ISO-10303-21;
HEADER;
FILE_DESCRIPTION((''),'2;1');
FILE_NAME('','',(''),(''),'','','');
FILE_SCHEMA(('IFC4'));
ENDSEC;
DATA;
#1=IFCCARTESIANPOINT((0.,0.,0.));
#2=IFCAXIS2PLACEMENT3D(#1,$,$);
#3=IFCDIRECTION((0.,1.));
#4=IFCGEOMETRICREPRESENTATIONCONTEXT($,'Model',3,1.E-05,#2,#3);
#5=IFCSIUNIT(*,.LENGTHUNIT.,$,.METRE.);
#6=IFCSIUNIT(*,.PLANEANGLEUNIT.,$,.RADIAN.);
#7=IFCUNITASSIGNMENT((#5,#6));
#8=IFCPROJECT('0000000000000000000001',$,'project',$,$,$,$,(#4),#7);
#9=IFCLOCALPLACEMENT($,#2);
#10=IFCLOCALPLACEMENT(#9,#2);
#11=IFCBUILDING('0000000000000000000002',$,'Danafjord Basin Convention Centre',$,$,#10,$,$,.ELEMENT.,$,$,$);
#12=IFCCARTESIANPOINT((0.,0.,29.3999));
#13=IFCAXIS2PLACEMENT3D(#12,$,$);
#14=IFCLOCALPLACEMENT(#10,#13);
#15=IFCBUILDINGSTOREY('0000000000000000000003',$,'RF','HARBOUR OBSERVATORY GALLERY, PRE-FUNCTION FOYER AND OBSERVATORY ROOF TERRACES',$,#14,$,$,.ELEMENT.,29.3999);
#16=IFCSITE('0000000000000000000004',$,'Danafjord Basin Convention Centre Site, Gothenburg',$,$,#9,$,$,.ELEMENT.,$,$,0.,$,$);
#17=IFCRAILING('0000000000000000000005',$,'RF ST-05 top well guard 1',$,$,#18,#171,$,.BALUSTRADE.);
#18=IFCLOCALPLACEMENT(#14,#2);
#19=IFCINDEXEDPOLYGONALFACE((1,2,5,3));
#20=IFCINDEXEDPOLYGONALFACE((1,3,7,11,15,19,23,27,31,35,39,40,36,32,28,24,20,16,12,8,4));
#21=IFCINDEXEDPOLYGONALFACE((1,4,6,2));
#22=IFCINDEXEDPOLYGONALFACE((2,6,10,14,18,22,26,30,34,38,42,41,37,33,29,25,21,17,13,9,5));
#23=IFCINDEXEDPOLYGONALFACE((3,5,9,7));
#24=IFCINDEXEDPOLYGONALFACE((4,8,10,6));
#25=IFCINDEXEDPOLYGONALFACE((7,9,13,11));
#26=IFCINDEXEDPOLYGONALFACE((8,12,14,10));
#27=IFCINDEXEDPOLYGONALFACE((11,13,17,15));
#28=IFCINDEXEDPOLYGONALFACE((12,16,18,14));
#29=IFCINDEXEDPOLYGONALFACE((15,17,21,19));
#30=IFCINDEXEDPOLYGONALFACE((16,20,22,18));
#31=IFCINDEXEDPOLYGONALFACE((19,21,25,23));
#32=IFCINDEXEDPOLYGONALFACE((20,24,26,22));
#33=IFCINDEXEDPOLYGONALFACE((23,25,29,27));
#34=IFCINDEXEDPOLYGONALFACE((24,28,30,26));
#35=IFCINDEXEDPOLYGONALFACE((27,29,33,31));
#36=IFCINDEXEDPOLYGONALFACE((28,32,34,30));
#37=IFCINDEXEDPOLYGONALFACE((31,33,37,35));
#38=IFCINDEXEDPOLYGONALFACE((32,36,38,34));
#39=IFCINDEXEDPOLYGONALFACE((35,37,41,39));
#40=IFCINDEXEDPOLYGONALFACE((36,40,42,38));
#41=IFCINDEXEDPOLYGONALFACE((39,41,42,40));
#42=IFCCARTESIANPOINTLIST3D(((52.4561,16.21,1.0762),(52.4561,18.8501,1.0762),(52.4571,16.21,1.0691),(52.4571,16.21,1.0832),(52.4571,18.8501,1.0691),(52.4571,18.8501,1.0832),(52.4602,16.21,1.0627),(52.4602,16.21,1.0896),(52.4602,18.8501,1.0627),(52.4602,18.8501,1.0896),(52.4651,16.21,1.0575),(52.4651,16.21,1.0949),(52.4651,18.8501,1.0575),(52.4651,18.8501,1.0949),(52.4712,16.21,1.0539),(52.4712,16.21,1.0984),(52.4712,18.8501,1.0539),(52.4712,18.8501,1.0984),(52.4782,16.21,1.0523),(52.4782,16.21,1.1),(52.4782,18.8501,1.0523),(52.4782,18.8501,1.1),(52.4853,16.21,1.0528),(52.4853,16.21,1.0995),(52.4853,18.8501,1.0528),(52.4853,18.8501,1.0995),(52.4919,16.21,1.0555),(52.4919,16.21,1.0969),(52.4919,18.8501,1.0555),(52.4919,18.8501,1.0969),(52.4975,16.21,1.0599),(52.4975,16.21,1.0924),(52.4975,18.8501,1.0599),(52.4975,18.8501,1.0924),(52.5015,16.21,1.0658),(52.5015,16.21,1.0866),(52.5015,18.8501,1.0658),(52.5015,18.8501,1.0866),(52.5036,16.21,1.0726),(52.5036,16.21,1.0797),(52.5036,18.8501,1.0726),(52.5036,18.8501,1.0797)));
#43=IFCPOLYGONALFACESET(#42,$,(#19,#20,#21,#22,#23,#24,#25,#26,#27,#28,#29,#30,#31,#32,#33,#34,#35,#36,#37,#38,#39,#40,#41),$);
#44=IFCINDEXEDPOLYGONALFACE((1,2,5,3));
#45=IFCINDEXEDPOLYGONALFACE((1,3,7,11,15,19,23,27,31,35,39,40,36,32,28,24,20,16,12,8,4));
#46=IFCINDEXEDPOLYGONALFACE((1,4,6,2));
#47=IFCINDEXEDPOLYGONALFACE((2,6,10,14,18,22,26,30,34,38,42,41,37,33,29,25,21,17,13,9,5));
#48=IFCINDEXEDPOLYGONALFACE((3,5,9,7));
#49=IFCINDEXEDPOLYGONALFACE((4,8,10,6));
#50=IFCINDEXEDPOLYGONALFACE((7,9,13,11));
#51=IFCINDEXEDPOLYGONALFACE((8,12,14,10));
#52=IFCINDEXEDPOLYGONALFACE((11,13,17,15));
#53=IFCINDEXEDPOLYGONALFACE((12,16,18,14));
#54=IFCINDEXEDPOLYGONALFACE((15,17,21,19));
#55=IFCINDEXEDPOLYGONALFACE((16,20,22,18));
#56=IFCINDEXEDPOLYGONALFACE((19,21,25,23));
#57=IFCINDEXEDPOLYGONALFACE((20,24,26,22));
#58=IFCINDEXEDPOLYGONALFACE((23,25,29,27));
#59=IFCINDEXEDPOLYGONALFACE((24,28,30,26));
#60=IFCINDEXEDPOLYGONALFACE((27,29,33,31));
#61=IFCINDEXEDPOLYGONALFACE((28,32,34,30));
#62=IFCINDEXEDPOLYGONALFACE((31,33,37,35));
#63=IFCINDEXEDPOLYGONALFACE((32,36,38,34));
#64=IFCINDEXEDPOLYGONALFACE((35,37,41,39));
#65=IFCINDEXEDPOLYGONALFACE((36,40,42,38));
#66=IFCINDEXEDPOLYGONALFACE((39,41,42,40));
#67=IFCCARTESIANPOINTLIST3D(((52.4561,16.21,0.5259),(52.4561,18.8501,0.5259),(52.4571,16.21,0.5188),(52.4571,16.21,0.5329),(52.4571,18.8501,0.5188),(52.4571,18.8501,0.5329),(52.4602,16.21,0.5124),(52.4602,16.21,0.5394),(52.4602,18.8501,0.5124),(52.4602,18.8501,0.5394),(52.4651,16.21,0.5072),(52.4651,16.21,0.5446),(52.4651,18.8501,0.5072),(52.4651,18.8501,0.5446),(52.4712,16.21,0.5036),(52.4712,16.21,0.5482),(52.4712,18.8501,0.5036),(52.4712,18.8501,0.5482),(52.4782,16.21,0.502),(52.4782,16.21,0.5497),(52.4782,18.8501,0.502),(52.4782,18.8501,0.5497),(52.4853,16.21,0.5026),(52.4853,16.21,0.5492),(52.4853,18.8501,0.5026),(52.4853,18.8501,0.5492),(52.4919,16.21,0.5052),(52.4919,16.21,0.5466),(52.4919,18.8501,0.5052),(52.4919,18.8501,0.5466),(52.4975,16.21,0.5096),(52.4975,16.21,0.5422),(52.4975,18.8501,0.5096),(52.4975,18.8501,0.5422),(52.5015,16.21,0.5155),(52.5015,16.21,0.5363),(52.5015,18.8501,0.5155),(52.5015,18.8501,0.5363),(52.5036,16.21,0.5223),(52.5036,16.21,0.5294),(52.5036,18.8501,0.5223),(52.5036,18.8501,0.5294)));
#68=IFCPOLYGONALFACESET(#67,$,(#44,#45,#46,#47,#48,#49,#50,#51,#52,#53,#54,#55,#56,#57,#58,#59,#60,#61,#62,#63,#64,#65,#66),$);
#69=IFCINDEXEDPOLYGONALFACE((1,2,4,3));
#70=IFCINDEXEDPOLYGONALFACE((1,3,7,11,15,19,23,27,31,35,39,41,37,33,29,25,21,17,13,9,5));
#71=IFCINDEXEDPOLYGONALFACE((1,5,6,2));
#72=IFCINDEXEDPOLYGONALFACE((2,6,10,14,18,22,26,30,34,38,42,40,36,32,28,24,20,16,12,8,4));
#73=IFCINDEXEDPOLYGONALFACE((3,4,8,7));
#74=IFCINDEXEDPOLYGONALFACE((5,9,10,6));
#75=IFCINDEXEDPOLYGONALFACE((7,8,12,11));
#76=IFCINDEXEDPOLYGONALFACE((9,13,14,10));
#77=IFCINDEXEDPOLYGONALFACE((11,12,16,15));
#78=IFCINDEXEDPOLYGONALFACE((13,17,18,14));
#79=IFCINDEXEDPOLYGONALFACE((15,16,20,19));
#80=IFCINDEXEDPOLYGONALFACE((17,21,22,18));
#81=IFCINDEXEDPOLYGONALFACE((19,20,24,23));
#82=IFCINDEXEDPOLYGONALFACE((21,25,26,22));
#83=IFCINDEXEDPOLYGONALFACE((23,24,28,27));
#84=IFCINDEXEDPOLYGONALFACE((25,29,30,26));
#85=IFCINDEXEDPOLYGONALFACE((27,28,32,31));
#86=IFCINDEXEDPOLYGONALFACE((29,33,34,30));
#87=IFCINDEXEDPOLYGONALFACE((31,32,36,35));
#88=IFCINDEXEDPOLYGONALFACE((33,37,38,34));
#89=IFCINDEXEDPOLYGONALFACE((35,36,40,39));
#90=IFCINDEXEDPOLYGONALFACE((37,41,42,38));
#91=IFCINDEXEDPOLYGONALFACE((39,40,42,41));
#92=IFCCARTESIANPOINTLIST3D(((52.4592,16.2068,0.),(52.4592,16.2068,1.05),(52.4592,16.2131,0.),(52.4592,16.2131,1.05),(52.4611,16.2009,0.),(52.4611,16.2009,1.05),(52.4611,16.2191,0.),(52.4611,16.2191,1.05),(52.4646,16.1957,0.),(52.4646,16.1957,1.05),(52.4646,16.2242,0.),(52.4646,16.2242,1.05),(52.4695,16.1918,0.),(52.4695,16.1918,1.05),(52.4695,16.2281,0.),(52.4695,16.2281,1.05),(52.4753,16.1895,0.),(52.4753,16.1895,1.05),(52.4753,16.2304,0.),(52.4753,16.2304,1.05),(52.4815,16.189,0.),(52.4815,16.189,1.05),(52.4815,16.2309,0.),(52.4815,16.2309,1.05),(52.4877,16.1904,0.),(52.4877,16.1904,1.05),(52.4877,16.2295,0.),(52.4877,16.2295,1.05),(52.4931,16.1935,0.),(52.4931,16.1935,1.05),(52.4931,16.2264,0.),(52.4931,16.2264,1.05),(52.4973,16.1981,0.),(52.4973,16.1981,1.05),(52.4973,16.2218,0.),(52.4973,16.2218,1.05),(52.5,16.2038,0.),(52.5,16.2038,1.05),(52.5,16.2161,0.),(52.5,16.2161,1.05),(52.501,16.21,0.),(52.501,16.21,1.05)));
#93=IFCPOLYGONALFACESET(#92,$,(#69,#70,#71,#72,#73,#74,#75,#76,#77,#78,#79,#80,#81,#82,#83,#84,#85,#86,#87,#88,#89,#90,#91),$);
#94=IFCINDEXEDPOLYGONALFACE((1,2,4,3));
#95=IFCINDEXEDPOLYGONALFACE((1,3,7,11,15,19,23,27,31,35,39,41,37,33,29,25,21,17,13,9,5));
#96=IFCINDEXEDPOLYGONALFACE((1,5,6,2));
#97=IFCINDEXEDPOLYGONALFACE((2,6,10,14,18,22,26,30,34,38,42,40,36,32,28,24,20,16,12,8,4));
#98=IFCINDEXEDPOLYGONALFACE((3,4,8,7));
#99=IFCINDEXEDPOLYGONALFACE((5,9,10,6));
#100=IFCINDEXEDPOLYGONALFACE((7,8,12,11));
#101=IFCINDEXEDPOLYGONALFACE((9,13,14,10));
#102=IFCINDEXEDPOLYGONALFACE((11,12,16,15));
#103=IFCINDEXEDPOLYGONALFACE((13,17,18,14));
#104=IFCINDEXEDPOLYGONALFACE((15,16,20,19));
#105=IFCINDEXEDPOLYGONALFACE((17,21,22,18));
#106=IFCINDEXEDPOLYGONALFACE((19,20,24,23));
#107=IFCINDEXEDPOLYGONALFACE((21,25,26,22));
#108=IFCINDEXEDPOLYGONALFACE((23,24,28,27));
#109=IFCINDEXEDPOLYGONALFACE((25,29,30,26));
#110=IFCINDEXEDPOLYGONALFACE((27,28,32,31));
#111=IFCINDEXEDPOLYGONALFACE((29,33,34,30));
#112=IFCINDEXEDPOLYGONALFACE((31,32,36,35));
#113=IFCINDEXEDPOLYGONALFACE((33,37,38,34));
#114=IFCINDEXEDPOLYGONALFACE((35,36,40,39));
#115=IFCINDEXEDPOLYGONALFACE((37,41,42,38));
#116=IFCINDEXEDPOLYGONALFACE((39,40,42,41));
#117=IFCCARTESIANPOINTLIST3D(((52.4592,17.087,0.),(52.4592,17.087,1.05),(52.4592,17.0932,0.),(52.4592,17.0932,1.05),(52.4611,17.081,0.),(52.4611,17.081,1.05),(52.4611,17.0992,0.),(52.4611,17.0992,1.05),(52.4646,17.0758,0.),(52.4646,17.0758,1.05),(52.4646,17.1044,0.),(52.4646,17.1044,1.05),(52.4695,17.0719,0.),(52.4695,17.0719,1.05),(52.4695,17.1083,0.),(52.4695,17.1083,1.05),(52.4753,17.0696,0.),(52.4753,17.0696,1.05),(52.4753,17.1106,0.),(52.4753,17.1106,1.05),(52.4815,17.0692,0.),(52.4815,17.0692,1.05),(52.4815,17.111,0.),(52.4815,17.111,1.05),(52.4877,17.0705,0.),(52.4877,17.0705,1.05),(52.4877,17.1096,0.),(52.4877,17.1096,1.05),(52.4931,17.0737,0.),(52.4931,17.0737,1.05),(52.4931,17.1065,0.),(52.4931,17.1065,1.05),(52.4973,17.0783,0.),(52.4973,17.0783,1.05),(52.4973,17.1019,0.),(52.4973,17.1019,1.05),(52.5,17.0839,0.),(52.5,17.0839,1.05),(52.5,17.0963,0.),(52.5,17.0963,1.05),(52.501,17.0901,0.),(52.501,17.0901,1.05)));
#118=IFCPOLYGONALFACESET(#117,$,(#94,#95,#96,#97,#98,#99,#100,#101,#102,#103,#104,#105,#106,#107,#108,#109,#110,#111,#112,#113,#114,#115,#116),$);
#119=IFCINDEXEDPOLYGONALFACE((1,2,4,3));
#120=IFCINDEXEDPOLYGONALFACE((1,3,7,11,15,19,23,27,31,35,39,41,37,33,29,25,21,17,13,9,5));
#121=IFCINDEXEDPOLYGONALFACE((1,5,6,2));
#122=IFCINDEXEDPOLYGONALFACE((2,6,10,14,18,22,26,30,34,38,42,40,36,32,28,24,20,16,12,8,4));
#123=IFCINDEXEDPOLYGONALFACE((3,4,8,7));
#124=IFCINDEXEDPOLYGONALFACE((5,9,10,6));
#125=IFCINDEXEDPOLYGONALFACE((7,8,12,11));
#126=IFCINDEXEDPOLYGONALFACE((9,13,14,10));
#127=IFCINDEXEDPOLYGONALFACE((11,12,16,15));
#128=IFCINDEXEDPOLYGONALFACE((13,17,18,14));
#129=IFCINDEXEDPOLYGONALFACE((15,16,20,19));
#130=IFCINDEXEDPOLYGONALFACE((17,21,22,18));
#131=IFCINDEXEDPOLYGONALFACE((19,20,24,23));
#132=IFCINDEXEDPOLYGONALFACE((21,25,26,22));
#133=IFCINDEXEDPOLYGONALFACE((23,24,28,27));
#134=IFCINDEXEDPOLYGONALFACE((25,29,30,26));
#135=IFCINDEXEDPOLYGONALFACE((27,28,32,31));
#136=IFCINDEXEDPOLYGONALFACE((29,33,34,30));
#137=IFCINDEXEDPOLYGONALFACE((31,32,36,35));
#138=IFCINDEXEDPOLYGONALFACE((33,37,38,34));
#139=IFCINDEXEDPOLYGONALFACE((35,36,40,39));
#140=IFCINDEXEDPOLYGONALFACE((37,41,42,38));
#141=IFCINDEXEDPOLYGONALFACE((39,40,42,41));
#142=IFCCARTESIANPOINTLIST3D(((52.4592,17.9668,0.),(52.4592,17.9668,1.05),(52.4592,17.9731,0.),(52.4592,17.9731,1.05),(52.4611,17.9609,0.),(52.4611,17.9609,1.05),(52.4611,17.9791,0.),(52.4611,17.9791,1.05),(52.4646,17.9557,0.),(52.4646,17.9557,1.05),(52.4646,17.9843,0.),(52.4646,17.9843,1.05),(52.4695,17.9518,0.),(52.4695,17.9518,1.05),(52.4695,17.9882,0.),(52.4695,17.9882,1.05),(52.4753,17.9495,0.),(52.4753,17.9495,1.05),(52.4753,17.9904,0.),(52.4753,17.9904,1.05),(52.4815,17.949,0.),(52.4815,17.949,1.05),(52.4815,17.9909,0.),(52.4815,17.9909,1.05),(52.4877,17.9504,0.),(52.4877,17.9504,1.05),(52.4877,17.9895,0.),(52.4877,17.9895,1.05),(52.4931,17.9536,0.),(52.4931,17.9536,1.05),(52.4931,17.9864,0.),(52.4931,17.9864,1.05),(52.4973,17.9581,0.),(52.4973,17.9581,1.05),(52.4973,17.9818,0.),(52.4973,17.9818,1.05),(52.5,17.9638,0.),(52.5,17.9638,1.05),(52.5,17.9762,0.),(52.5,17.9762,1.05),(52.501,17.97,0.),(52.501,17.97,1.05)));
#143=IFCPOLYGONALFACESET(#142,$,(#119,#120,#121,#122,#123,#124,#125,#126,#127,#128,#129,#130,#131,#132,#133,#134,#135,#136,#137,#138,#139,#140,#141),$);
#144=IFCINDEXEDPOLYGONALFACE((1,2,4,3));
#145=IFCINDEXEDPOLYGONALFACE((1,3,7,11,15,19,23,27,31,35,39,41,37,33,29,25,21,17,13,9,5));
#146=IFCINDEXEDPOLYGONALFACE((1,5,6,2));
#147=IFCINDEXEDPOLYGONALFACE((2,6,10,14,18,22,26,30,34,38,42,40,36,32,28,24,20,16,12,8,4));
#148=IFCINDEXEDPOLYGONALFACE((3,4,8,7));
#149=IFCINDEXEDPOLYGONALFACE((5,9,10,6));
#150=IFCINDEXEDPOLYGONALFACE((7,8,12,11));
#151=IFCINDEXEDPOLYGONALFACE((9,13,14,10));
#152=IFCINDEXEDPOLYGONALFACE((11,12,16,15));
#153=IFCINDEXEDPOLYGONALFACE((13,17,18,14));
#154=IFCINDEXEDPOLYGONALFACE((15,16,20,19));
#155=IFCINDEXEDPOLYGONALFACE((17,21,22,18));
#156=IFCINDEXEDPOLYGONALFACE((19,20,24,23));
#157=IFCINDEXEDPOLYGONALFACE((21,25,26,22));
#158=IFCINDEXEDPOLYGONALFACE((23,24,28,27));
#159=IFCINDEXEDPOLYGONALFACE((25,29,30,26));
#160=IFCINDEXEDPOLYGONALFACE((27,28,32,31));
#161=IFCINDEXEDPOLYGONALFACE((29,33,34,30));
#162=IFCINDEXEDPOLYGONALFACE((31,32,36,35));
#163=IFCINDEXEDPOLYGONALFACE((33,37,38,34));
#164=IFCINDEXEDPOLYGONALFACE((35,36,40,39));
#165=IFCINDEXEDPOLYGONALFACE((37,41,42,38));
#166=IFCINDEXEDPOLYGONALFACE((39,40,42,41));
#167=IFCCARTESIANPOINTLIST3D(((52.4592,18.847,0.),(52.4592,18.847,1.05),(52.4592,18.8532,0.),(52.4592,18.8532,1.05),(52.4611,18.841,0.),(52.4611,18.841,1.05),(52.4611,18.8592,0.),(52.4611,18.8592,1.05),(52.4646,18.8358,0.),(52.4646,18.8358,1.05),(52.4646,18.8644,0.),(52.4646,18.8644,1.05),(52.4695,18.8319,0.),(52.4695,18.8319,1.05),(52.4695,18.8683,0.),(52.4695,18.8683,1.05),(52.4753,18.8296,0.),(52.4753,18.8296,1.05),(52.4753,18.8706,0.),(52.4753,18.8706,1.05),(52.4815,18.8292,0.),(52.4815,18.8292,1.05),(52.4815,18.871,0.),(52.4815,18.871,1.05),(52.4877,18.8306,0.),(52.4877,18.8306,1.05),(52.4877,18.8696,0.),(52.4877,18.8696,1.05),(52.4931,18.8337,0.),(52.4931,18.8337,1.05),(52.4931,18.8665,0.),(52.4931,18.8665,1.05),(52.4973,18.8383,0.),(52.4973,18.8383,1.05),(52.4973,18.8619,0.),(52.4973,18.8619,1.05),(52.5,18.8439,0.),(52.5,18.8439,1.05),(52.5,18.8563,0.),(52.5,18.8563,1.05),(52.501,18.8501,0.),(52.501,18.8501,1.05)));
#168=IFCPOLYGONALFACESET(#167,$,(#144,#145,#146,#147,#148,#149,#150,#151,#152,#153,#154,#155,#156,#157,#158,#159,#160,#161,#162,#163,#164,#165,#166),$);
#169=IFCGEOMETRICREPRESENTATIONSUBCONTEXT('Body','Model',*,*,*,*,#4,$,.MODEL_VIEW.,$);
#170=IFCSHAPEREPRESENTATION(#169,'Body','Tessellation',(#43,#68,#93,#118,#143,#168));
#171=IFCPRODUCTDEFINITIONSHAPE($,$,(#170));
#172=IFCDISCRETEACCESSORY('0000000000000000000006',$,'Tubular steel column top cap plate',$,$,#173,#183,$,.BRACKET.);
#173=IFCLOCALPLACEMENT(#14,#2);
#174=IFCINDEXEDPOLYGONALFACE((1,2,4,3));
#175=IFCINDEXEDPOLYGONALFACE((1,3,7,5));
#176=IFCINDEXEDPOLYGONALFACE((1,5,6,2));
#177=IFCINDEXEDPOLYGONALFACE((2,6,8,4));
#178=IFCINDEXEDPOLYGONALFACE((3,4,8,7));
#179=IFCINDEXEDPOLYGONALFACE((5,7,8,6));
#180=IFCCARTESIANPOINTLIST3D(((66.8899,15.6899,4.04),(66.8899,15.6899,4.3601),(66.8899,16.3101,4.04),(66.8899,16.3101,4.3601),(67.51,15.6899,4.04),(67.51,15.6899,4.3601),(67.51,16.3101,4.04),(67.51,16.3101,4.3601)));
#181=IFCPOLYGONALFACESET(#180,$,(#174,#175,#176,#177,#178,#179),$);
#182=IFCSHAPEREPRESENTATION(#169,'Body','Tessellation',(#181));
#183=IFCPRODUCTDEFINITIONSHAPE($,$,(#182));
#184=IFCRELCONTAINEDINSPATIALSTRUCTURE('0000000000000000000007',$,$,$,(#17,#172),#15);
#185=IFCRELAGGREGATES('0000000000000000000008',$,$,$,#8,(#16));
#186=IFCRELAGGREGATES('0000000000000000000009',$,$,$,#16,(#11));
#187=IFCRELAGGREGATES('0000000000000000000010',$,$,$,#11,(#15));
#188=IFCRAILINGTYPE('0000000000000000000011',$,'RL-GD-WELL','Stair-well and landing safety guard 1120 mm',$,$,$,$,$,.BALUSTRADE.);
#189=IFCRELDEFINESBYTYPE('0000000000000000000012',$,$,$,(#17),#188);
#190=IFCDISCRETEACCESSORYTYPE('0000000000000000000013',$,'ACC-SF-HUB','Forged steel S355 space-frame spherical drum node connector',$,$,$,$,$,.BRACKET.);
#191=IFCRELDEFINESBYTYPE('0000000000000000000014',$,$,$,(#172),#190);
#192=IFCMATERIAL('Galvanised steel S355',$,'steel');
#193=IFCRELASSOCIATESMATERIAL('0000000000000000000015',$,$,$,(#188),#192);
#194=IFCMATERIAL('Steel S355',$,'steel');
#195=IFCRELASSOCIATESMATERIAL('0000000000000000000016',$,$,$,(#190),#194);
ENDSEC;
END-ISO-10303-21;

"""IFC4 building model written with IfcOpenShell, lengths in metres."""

from ifc_helpers import new_model, si_unit, direction, frame, origin, origin_2d, place, context, subcontext, project, spatial, rectangle, circle, extrude, material, type_object, element, save


model = new_model("IFC4")

# Units and contexts
model_context = context("Model", 3, precision=1e-05, world=origin(), true_north=direction((0.0, 1.0)))
body_context = subcontext(model_context, "Body", "Model", "MODEL_VIEW")
ifc_project = project(units=[si_unit("LENGTHUNIT", "METRE"), si_unit("PLANEANGLEUNIT", "RADIAN")], contexts=[model_context])

# Site, building, storey
site_placement = place(None, origin())
site = spatial("IfcSite", under=ifc_project, at=site_placement, Name="Danafjord Basin Convention Centre Site, Gothenburg", CompositionType="ELEMENT", RefElevation=0.0)
building_placement = place(site_placement, origin())
building = spatial("IfcBuilding", under=site, at=building_placement, Name="Danafjord Basin Convention Centre", CompositionType="ELEMENT")
storey_placement = place(building_placement, frame((0.0, 0.0, 29.3999)))
storey = spatial("IfcBuildingStorey", under=building, at=storey_placement, Name="RF", Description="HARBOUR OBSERVATORY GALLERY, PRE-FUNCTION FOYER AND OBSERVATORY ROOF TERRACES", CompositionType="ELEMENT", Elevation=29.3999)

# Shared definitions
ifc_material_1 = material(Name="Steel S355", Category="steel")

# Railing
ifc_material_2 = material(Name="Galvanised steel S355", Category="steel")
railing_type_1 = type_object("IfcRailingType", Name="RL-GD-WELL", Description="Stair-well and landing safety guard 1120 mm", PredefinedType="BALUSTRADE", material=ifc_material_2)
railing_1_placement = place(storey_placement, frame((52.48, 16.21, 0.0)))
element("IfcRailing", 1, at=railing_1_placement, inside=storey, type_object=railing_type_1, Name="RF ST-05 top well guard 1", PredefinedType="BALUSTRADE", context=body_context, shape_type="SweptSolid", body=[
    extrude(circle(Radius=0.0239, at=origin_2d()), frame((0.0, 0.0, 1.0762), z_axis=(0.0, 1.0, 0.0), x_axis=(-1.0, 0.0, 0.0)), (0.0, 0.0, 1.0), 2.6401),
    extrude(circle(Radius=0.0239, at=origin_2d()), frame((0.0, 0.0, 0.5259), z_axis=(0.0, 1.0, 0.0), x_axis=(-1.0, 0.0, 0.0)), (0.0, 0.0, 1.0), 2.6401),
    extrude(circle(Radius=0.021, at=origin_2d()), origin(), (0.0, 0.0, 1.0), 1.05),
    extrude(circle(Radius=0.021, at=origin_2d()), frame((0.0, 0.8801, 0.0)), (0.0, 0.0, 1.0), 1.05),
    extrude(circle(Radius=0.021, at=origin_2d()), frame((0.0, 1.76, 0.0)), (0.0, 0.0, 1.0), 1.05),
    extrude(circle(Radius=0.021, at=origin_2d()), frame((0.0, 2.6401, 0.0)), (0.0, 0.0, 1.0), 1.05),
])

# Discrete accessory
discrete_accessory_type = type_object("IfcDiscreteAccessoryType", Name="ACC-SF-HUB", Description="Forged steel S355 space-frame spherical drum node connector", PredefinedType="BRACKET", material=ifc_material_1)
discrete_accessory_placement = place(storey_placement, frame((67.2, 16.0, 4.04), z_axis=(0.0, 0.0, 1.0), x_axis=(1.0, 0.0, 0.0)))
element("IfcDiscreteAccessory", 2, at=discrete_accessory_placement, inside=storey, type_object=discrete_accessory_type, Name="Tubular steel column top cap plate", PredefinedType="BRACKET", context=body_context, shape_type="SweptSolid", body=[
    extrude(rectangle(XDim=0.6201, YDim=0.6201, at=origin_2d()), origin(), (0.0, 0.0, 1.0), 0.3201),
])

save(model, "model.ifc")
